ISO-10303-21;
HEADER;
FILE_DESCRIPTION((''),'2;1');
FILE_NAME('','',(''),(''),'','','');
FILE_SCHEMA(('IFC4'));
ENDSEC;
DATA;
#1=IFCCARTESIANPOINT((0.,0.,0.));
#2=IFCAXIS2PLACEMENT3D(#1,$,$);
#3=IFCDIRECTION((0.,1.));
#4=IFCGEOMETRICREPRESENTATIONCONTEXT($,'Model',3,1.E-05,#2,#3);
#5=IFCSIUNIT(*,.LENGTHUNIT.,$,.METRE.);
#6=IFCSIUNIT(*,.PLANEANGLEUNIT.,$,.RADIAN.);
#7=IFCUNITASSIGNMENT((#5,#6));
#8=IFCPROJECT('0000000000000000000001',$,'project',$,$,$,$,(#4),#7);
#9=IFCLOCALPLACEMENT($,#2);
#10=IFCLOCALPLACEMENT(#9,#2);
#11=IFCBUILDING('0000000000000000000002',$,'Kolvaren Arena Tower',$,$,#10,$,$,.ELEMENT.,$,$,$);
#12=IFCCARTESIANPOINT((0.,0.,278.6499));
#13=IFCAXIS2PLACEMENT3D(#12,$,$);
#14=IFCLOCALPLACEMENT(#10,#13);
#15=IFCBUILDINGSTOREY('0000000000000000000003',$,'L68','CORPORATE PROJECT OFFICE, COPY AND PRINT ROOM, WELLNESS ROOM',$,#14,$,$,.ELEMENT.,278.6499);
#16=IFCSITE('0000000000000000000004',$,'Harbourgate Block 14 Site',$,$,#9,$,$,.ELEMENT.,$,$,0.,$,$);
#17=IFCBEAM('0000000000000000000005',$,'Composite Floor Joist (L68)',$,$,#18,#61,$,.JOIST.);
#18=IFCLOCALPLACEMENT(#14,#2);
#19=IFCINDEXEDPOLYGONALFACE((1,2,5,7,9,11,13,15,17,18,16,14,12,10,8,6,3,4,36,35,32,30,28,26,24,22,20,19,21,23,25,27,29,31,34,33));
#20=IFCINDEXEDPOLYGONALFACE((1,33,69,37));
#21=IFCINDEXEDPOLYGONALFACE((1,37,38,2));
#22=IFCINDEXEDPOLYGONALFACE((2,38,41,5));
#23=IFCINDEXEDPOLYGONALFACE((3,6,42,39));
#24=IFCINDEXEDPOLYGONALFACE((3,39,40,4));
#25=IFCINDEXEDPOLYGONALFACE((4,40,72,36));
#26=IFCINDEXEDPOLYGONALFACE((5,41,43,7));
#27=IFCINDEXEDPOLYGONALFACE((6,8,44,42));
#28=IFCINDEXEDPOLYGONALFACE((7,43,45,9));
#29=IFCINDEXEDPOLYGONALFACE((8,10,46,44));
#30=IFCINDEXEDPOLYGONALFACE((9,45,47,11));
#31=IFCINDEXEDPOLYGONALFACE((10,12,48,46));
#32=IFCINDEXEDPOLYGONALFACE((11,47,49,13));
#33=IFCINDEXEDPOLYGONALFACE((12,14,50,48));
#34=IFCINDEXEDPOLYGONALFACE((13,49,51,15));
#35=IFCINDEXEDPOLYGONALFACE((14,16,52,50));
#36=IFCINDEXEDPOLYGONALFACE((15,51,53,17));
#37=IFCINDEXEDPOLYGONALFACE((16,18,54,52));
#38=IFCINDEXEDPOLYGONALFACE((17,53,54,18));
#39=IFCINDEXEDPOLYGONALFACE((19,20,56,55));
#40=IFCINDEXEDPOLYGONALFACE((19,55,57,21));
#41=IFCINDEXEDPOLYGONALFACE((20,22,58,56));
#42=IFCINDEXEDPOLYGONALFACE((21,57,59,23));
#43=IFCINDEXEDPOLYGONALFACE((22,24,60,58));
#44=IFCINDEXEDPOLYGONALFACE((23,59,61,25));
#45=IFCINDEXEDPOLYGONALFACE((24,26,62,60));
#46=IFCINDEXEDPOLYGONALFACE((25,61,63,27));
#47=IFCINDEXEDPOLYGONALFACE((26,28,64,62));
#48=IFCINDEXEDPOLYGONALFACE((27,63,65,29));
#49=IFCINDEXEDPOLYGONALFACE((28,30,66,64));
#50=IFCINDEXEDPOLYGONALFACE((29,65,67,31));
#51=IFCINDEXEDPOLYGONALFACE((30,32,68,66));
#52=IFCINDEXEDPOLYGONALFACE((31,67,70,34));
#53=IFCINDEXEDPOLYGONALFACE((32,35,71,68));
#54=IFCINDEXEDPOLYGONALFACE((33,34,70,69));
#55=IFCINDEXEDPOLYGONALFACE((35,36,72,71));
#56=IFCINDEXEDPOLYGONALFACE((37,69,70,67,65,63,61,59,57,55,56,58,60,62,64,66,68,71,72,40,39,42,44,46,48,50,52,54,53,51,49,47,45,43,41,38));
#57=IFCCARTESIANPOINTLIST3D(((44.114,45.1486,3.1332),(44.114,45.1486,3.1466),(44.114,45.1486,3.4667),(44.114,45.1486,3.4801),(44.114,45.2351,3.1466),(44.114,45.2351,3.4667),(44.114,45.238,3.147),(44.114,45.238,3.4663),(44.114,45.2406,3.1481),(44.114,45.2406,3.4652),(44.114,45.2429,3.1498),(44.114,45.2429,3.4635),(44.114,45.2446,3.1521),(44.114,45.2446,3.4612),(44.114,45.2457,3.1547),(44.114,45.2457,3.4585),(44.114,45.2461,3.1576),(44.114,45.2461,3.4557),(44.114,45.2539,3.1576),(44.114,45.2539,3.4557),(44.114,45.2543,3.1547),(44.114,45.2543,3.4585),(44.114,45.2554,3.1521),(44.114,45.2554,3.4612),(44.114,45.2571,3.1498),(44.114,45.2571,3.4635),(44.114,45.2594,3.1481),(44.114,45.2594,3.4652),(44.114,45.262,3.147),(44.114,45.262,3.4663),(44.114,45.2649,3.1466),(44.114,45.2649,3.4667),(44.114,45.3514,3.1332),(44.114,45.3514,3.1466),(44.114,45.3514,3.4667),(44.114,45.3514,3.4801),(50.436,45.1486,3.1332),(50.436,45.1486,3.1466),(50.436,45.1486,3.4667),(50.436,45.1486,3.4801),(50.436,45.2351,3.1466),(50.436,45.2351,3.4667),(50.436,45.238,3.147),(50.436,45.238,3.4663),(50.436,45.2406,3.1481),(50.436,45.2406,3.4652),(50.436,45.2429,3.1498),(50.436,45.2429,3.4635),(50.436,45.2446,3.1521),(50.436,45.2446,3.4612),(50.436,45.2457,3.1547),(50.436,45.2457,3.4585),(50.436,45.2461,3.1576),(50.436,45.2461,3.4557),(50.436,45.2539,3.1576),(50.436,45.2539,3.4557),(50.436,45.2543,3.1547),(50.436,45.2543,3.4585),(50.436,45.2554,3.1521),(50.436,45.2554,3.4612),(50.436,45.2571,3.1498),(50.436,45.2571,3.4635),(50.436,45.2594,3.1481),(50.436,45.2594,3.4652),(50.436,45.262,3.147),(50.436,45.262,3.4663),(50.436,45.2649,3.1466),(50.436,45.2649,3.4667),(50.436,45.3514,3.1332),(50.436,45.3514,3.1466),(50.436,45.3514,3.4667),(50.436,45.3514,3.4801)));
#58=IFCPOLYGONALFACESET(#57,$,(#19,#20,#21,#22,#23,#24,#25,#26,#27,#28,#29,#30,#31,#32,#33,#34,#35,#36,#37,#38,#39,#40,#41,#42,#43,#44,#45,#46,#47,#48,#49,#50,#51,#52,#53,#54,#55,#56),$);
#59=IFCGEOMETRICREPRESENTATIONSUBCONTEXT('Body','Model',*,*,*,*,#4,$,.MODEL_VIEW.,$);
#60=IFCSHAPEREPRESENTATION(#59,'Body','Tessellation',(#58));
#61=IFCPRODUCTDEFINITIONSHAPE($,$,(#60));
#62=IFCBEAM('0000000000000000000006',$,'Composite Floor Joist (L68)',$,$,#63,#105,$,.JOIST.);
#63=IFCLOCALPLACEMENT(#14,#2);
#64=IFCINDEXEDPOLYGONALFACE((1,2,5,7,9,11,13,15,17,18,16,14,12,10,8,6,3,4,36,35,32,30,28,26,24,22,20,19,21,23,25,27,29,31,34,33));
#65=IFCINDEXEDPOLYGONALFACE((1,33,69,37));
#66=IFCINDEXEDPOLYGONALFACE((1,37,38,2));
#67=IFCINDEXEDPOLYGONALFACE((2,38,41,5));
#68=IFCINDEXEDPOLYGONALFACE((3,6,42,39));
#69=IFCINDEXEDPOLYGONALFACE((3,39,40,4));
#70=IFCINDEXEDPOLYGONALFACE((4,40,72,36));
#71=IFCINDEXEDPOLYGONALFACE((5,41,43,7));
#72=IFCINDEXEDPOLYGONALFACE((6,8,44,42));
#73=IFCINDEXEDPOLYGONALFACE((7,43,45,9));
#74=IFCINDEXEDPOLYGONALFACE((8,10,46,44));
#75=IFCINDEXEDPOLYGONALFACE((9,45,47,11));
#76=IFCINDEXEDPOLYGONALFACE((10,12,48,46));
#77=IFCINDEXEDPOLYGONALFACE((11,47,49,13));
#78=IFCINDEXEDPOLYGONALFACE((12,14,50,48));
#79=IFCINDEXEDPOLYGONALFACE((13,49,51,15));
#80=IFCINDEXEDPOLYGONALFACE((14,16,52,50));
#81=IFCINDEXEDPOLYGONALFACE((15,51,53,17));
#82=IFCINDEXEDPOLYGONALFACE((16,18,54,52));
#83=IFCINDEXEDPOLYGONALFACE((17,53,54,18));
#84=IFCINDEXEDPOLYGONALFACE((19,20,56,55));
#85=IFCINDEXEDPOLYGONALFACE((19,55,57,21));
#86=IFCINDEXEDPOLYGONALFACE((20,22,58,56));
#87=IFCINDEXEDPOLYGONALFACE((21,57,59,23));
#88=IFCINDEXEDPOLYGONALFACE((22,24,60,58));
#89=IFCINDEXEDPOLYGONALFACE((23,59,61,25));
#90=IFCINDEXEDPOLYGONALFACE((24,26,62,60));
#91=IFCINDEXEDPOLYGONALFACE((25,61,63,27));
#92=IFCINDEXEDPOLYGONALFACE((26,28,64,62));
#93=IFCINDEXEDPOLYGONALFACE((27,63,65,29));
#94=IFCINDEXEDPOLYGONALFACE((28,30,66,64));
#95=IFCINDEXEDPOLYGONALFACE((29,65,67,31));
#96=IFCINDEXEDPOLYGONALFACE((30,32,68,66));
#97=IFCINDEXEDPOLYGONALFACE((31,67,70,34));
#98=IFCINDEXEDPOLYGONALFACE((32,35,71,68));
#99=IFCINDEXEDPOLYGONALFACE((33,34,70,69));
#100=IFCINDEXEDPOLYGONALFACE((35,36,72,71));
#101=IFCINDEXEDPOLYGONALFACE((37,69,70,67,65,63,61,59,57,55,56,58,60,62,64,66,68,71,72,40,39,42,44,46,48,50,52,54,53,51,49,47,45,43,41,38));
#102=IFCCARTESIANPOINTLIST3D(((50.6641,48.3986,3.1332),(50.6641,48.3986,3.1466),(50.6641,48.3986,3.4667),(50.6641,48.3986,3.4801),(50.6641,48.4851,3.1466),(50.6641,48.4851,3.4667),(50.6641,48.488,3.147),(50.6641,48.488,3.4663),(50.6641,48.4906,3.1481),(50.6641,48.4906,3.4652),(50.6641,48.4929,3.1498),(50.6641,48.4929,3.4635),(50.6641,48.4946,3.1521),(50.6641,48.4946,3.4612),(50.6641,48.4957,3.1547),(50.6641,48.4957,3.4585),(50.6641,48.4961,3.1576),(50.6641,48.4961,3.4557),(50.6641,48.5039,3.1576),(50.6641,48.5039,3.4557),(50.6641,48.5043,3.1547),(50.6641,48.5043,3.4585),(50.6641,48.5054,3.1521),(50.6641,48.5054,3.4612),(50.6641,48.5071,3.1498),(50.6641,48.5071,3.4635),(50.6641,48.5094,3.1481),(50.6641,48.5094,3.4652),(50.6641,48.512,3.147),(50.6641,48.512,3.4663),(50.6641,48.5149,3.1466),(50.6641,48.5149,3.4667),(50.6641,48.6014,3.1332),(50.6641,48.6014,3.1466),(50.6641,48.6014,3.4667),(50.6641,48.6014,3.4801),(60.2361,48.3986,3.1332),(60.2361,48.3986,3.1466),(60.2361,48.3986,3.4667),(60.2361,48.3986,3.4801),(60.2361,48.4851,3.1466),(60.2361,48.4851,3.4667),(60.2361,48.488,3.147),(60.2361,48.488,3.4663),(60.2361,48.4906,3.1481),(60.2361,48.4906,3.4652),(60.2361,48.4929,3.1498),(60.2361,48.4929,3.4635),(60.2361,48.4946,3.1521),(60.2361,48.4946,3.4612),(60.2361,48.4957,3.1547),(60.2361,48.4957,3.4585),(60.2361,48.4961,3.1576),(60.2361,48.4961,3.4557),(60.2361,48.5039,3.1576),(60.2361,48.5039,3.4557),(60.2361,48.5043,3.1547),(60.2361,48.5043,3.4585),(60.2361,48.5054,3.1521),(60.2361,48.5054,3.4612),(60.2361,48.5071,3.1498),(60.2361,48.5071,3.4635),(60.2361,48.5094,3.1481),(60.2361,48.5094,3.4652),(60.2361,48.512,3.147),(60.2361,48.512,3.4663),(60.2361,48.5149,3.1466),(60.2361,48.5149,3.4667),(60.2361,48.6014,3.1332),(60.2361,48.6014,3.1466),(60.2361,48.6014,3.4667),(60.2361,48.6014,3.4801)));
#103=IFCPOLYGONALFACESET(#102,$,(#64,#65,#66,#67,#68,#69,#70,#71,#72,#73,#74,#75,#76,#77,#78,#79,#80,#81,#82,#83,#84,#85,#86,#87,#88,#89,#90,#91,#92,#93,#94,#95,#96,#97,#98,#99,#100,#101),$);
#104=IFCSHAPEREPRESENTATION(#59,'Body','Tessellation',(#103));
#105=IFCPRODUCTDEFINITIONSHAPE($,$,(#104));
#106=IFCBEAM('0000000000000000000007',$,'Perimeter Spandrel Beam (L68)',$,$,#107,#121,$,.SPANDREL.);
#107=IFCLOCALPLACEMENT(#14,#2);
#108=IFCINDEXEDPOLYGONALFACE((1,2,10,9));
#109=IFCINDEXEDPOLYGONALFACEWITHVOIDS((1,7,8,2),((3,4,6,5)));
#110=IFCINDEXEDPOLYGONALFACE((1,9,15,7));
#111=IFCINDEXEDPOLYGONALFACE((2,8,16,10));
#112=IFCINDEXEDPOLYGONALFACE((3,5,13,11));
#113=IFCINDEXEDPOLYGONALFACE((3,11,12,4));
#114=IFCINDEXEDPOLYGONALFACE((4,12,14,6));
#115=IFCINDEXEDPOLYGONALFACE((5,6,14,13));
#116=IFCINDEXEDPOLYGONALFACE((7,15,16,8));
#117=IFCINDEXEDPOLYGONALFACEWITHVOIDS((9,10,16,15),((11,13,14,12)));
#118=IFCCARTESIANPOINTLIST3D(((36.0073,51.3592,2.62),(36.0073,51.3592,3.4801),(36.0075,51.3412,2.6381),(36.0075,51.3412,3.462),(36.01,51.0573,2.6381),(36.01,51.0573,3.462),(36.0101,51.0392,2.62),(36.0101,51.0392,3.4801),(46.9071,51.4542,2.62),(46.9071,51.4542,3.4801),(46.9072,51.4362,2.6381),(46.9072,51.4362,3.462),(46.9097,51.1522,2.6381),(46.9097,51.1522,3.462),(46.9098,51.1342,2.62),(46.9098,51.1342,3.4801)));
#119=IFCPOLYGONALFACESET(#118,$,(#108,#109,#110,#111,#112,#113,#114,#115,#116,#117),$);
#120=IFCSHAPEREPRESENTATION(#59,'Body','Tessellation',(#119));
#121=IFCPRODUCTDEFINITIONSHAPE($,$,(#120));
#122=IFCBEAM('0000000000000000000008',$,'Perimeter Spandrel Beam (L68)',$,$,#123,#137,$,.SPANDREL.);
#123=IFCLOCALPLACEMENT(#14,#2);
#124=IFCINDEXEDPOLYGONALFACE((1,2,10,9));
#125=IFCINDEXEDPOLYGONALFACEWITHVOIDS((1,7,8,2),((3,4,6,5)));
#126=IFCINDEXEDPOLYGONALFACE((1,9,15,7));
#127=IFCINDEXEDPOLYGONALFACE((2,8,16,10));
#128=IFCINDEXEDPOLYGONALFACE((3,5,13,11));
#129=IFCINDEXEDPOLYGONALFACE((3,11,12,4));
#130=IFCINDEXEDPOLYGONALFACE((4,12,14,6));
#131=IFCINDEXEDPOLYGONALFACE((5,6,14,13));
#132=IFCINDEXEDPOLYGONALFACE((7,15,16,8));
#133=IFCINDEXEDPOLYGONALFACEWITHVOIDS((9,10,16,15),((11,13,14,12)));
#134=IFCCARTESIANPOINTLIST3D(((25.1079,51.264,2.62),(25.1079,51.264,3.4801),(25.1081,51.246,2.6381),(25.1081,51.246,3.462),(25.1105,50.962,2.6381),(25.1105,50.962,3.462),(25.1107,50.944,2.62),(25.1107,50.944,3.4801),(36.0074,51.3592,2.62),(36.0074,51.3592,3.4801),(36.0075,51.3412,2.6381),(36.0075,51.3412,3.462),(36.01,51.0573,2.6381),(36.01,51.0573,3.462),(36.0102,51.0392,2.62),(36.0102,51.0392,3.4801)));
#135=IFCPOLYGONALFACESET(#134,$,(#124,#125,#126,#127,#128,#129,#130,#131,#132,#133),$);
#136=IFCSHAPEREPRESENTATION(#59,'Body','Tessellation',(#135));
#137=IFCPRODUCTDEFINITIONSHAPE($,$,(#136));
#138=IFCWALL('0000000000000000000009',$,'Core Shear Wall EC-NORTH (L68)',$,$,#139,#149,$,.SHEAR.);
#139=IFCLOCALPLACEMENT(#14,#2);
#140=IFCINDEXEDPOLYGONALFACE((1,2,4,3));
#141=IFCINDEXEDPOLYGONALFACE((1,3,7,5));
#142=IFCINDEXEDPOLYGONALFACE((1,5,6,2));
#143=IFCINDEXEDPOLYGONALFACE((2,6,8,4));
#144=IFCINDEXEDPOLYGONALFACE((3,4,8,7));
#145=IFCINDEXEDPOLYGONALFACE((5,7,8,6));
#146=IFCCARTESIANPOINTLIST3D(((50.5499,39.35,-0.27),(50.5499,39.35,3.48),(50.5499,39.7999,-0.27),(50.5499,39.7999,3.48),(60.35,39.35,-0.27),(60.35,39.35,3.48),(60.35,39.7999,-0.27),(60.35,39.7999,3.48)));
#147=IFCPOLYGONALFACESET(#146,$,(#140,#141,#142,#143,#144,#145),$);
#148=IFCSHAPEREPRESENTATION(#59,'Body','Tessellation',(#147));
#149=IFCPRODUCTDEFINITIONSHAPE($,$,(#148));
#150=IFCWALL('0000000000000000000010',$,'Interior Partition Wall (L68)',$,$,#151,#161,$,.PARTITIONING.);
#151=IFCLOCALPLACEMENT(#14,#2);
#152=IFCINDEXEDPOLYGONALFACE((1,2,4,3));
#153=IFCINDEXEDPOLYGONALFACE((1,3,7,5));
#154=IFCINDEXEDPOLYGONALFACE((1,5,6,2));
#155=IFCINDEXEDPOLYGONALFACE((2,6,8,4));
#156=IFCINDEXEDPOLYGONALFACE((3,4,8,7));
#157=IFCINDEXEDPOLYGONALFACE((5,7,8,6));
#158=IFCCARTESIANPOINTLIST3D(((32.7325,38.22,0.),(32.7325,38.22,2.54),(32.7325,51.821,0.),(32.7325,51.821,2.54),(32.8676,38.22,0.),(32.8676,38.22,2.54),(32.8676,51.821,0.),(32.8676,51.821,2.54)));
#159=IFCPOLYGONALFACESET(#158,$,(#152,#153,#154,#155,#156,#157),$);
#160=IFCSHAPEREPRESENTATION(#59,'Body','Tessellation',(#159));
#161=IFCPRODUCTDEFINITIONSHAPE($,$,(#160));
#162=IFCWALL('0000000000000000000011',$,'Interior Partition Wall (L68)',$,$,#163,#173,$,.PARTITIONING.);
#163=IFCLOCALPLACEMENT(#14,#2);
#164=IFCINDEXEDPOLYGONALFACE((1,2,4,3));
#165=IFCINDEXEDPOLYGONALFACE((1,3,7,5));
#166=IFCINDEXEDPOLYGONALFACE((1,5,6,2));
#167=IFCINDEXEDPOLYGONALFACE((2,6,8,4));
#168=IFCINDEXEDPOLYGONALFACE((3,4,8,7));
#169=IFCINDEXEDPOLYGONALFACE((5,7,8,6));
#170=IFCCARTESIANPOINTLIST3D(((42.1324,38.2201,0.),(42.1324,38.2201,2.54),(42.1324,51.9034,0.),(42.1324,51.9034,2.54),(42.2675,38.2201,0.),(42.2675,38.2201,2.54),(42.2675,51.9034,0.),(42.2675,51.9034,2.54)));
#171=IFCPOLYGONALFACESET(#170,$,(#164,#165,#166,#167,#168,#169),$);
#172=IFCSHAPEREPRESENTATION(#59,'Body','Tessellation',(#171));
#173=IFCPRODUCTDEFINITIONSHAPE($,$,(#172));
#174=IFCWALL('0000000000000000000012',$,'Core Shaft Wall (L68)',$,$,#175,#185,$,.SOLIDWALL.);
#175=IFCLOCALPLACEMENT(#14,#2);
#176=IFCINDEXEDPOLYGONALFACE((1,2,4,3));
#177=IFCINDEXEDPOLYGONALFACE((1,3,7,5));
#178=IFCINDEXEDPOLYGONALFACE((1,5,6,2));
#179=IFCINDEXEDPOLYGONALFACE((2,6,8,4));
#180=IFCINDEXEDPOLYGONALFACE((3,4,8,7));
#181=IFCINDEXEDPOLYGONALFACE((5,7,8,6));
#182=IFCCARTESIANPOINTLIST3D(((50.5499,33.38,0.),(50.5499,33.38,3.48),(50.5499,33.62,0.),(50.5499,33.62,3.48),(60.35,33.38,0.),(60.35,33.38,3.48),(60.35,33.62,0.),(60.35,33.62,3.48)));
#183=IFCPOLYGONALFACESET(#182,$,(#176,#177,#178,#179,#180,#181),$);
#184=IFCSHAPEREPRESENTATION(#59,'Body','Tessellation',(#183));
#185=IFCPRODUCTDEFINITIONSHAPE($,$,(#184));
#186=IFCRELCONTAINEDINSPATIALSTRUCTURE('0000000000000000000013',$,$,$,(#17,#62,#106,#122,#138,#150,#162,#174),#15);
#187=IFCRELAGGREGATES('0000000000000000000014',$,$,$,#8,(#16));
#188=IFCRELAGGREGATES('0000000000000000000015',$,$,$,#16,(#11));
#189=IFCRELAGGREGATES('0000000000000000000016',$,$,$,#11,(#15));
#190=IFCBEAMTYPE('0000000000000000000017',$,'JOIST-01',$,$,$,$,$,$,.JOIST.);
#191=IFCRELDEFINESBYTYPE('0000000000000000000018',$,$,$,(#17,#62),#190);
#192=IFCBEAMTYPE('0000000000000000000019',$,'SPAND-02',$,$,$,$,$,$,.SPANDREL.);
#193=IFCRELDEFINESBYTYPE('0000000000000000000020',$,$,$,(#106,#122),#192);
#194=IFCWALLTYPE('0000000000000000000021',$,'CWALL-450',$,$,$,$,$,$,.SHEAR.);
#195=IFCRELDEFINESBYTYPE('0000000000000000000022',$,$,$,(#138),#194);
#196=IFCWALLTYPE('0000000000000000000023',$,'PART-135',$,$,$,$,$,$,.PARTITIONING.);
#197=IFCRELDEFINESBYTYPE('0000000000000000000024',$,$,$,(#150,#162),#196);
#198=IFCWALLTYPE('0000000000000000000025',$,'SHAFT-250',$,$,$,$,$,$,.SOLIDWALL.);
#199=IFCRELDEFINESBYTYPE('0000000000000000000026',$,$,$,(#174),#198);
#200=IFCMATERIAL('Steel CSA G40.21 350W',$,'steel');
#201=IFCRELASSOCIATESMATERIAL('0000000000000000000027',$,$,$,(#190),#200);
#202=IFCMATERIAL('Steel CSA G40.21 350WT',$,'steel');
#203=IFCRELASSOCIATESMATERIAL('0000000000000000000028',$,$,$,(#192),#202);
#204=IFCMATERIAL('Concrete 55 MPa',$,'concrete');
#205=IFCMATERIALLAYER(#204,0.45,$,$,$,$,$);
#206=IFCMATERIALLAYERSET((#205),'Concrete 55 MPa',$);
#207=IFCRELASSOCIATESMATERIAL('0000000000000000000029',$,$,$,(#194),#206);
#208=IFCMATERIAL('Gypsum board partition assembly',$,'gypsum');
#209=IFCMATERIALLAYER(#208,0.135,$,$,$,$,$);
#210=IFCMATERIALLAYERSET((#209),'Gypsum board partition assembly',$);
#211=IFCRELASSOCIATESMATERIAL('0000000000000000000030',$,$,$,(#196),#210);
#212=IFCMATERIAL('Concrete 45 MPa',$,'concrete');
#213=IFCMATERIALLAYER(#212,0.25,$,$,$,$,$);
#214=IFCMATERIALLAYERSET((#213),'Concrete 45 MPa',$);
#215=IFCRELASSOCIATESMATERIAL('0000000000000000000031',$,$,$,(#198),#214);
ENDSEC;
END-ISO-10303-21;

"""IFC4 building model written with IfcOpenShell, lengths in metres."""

from ifc_helpers import new_model, si_unit, direction, frame, frame_2d, origin, origin_2d, place, context, subcontext, project, spatial, rectangle, hollow_rectangle, i_section, extrude, material, layer, layer_set, material_profile, profile_set, type_object, element, save


model = new_model("IFC4")

# Units and contexts
model_context = context("Model", 3, precision=1e-05, world=origin(), true_north=direction((0.0, 1.0)))
body_context = subcontext(model_context, "Body", "Model", "MODEL_VIEW")
ifc_project = project(units=[si_unit("LENGTHUNIT", "METRE"), si_unit("PLANEANGLEUNIT", "RADIAN")], contexts=[model_context])

# Site, building, storey
site_placement = place(None, origin())
site = spatial("IfcSite", under=ifc_project, at=site_placement, Name="Harbourgate Block 14 Site", CompositionType="ELEMENT", RefElevation=0.0)
building_placement = place(site_placement, origin())
building = spatial("IfcBuilding", under=site, at=building_placement, Name="Kolvaren Arena Tower", CompositionType="ELEMENT")
storey_placement = place(building_placement, frame((0.0, 0.0, 278.6499)))
storey = spatial("IfcBuildingStorey", under=building, at=storey_placement, Name="L68", Description="CORPORATE PROJECT OFFICE, COPY AND PRINT ROOM, WELLNESS ROOM", CompositionType="ELEMENT", Elevation=278.6499)

# Beams
ifc_material_1 = material(Name="Steel CSA G40.21 350W", Category="steel")
ifc_material_profile_1 = material_profile(ifc_material_1, i_section(OverallWidth=0.2029, OverallDepth=0.3469, WebThickness=0.0078, FlangeThickness=0.0134, FilletRadius=0.011, at=origin_2d()), Name="W360x64")
ifc_profile_set_1 = profile_set([ifc_material_profile_1], Name="Steel CSA G40.21 350W")
beam_type_1 = type_object("IfcBeamType", Name="JOIST-01", PredefinedType="JOIST", material=ifc_profile_set_1)
beam_1_placement = place(storey_placement, frame((44.114, 45.25, 3.3066), z_axis=(1.0, 0.0, 0.0), x_axis=(0.0, 1.0, 0.0)))
element("IfcBeam", 1, at=beam_1_placement, inside=storey, type_object=beam_type_1, Name="Composite Floor Joist (L68)", PredefinedType="JOIST", context=body_context, shape_type="SweptSolid", body=[
    extrude(i_section(OverallWidth=0.2029, OverallDepth=0.3469, WebThickness=0.0078, FlangeThickness=0.0134, FilletRadius=0.011, at=origin_2d()), origin(), (0.0, 0.0, 1.0), 6.322),
])
beam_2_placement = place(storey_placement, frame((50.6641, 48.5, 3.3066), z_axis=(1.0, 0.0, 0.0), x_axis=(0.0, 1.0, 0.0)))
element("IfcBeam", 2, at=beam_2_placement, inside=storey, type_object=beam_type_1, Name="Composite Floor Joist (L68)", PredefinedType="JOIST", context=body_context, shape_type="SweptSolid", body=[
    extrude(i_section(OverallWidth=0.2029, OverallDepth=0.3469, WebThickness=0.0078, FlangeThickness=0.0134, FilletRadius=0.011, at=origin_2d()), origin(), (0.0, 0.0, 1.0), 9.572),
])
ifc_material_2 = material(Name="Steel CSA G40.21 350WT", Category="steel")
ifc_material_profile_2 = material_profile(ifc_material_2, hollow_rectangle(XDim=0.3201, YDim=0.8601, WallThickness=0.0181, at=origin_2d()), Name="HSS 860x320x18")
ifc_profile_set_2 = profile_set([ifc_material_profile_2], Name="Steel CSA G40.21 350WT")
beam_type_2 = type_object("IfcBeamType", Name="SPAND-02", PredefinedType="SPANDREL", material=ifc_profile_set_2)
beam_3_placement = place(storey_placement, frame((46.9084, 51.2942, 3.05), z_axis=(-0.999962, -0.008713, 0.0), x_axis=(0.008713, -0.999962, 0.0)))
element("IfcBeam", 3, at=beam_3_placement, inside=storey, type_object=beam_type_2, Name="Perimeter Spandrel Beam (L68)", PredefinedType="SPANDREL", context=body_context, shape_type="SweptSolid", body=[
    extrude(hollow_rectangle(XDim=0.3201, YDim=0.8601, WallThickness=0.0181, at=origin_2d()), origin(), (0.0, 0.0, 1.0), 10.9001),
])
beam_4_placement = place(storey_placement, frame((36.0088, 51.1992, 3.05), z_axis=(-0.999962, -0.008735, 0.0), x_axis=(0.008735, -0.999962, 0.0)))
element("IfcBeam", 4, at=beam_4_placement, inside=storey, type_object=beam_type_2, Name="Perimeter Spandrel Beam (L68)", PredefinedType="SPANDREL", context=body_context, shape_type="SweptSolid", body=[
    extrude(hollow_rectangle(XDim=0.3201, YDim=0.8601, WallThickness=0.0181, at=origin_2d()), origin(), (0.0, 0.0, 1.0), 10.8999),
])

# Walls
ifc_material_3 = material(Name="Concrete 55 MPa", Category="concrete")
ifc_layer_1 = layer(ifc_material_3, 0.45)
ifc_layer_set_1 = layer_set([ifc_layer_1], Name="Concrete 55 MPa")
wall_type_1 = type_object("IfcWallType", Name="CWALL-450", PredefinedType="SHEAR", material=ifc_layer_set_1)
wall_1_placement = place(storey_placement, frame((50.55, 39.575, -0.27), z_axis=(0.0, 0.0, 1.0), x_axis=(1.0, 0.0, 0.0)))
element("IfcWall", 5, at=wall_1_placement, inside=storey, type_object=wall_type_1, Name="Core Shear Wall EC-NORTH (L68)", PredefinedType="SHEAR", context=body_context, shape_type="SweptSolid", body=[
    extrude(rectangle(XDim=9.8, YDim=0.45, at=frame_2d((4.8999, 0.0))), origin(), (0.0, 0.0, 1.0), 3.75),
])
ifc_material_4 = material(Name="Gypsum board partition assembly", Category="gypsum")
ifc_layer_2 = layer(ifc_material_4, 0.135)
ifc_layer_set_2 = layer_set([ifc_layer_2], Name="Gypsum board partition assembly")
wall_type_2 = type_object("IfcWallType", Name="PART-135", PredefinedType="PARTITIONING", material=ifc_layer_set_2)
wall_2_placement = place(storey_placement, frame((32.8, 38.22, 0.0), z_axis=(0.0, 0.0, 1.0), x_axis=(0.0, 1.0, 0.0)))
element("IfcWall", 6, at=wall_2_placement, inside=storey, type_object=wall_type_2, Name="Interior Partition Wall (L68)", PredefinedType="PARTITIONING", context=body_context, shape_type="SweptSolid", body=[
    extrude(rectangle(XDim=13.6011, YDim=0.135, at=frame_2d((6.8005, 0.0))), origin(), (0.0, 0.0, 1.0), 2.54),
])
wall_3_placement = place(storey_placement, frame((42.2, 38.22, 0.0), z_axis=(0.0, 0.0, 1.0), x_axis=(0.0, 1.0, 0.0)))
element("IfcWall", 7, at=wall_3_placement, inside=storey, type_object=wall_type_2, Name="Interior Partition Wall (L68)", PredefinedType="PARTITIONING", context=body_context, shape_type="SweptSolid", body=[
    extrude(rectangle(XDim=13.6833, YDim=0.135, at=frame_2d((6.8418, 0.0))), origin(), (0.0, 0.0, 1.0), 2.54),
])
ifc_material_5 = material(Name="Concrete 45 MPa", Category="concrete")
ifc_layer_3 = layer(ifc_material_5, 0.25)
ifc_layer_set_3 = layer_set([ifc_layer_3], Name="Concrete 45 MPa")
wall_type_3 = type_object("IfcWallType", Name="SHAFT-250", PredefinedType="SOLIDWALL", material=ifc_layer_set_3)
wall_4_placement = place(storey_placement, frame((50.55, 33.5, 0.0), z_axis=(0.0, 0.0, 1.0), x_axis=(1.0, 0.0, 0.0)))
element("IfcWall", 8, at=wall_4_placement, inside=storey, type_object=wall_type_3, Name="Core Shaft Wall (L68)", PredefinedType="SOLIDWALL", context=body_context, shape_type="SweptSolid", body=[
    extrude(rectangle(XDim=9.8, YDim=0.24, at=frame_2d((4.8999, 0.0))), origin(), (0.0, 0.0, 1.0), 3.48),
])

save(model, "model.ifc")
